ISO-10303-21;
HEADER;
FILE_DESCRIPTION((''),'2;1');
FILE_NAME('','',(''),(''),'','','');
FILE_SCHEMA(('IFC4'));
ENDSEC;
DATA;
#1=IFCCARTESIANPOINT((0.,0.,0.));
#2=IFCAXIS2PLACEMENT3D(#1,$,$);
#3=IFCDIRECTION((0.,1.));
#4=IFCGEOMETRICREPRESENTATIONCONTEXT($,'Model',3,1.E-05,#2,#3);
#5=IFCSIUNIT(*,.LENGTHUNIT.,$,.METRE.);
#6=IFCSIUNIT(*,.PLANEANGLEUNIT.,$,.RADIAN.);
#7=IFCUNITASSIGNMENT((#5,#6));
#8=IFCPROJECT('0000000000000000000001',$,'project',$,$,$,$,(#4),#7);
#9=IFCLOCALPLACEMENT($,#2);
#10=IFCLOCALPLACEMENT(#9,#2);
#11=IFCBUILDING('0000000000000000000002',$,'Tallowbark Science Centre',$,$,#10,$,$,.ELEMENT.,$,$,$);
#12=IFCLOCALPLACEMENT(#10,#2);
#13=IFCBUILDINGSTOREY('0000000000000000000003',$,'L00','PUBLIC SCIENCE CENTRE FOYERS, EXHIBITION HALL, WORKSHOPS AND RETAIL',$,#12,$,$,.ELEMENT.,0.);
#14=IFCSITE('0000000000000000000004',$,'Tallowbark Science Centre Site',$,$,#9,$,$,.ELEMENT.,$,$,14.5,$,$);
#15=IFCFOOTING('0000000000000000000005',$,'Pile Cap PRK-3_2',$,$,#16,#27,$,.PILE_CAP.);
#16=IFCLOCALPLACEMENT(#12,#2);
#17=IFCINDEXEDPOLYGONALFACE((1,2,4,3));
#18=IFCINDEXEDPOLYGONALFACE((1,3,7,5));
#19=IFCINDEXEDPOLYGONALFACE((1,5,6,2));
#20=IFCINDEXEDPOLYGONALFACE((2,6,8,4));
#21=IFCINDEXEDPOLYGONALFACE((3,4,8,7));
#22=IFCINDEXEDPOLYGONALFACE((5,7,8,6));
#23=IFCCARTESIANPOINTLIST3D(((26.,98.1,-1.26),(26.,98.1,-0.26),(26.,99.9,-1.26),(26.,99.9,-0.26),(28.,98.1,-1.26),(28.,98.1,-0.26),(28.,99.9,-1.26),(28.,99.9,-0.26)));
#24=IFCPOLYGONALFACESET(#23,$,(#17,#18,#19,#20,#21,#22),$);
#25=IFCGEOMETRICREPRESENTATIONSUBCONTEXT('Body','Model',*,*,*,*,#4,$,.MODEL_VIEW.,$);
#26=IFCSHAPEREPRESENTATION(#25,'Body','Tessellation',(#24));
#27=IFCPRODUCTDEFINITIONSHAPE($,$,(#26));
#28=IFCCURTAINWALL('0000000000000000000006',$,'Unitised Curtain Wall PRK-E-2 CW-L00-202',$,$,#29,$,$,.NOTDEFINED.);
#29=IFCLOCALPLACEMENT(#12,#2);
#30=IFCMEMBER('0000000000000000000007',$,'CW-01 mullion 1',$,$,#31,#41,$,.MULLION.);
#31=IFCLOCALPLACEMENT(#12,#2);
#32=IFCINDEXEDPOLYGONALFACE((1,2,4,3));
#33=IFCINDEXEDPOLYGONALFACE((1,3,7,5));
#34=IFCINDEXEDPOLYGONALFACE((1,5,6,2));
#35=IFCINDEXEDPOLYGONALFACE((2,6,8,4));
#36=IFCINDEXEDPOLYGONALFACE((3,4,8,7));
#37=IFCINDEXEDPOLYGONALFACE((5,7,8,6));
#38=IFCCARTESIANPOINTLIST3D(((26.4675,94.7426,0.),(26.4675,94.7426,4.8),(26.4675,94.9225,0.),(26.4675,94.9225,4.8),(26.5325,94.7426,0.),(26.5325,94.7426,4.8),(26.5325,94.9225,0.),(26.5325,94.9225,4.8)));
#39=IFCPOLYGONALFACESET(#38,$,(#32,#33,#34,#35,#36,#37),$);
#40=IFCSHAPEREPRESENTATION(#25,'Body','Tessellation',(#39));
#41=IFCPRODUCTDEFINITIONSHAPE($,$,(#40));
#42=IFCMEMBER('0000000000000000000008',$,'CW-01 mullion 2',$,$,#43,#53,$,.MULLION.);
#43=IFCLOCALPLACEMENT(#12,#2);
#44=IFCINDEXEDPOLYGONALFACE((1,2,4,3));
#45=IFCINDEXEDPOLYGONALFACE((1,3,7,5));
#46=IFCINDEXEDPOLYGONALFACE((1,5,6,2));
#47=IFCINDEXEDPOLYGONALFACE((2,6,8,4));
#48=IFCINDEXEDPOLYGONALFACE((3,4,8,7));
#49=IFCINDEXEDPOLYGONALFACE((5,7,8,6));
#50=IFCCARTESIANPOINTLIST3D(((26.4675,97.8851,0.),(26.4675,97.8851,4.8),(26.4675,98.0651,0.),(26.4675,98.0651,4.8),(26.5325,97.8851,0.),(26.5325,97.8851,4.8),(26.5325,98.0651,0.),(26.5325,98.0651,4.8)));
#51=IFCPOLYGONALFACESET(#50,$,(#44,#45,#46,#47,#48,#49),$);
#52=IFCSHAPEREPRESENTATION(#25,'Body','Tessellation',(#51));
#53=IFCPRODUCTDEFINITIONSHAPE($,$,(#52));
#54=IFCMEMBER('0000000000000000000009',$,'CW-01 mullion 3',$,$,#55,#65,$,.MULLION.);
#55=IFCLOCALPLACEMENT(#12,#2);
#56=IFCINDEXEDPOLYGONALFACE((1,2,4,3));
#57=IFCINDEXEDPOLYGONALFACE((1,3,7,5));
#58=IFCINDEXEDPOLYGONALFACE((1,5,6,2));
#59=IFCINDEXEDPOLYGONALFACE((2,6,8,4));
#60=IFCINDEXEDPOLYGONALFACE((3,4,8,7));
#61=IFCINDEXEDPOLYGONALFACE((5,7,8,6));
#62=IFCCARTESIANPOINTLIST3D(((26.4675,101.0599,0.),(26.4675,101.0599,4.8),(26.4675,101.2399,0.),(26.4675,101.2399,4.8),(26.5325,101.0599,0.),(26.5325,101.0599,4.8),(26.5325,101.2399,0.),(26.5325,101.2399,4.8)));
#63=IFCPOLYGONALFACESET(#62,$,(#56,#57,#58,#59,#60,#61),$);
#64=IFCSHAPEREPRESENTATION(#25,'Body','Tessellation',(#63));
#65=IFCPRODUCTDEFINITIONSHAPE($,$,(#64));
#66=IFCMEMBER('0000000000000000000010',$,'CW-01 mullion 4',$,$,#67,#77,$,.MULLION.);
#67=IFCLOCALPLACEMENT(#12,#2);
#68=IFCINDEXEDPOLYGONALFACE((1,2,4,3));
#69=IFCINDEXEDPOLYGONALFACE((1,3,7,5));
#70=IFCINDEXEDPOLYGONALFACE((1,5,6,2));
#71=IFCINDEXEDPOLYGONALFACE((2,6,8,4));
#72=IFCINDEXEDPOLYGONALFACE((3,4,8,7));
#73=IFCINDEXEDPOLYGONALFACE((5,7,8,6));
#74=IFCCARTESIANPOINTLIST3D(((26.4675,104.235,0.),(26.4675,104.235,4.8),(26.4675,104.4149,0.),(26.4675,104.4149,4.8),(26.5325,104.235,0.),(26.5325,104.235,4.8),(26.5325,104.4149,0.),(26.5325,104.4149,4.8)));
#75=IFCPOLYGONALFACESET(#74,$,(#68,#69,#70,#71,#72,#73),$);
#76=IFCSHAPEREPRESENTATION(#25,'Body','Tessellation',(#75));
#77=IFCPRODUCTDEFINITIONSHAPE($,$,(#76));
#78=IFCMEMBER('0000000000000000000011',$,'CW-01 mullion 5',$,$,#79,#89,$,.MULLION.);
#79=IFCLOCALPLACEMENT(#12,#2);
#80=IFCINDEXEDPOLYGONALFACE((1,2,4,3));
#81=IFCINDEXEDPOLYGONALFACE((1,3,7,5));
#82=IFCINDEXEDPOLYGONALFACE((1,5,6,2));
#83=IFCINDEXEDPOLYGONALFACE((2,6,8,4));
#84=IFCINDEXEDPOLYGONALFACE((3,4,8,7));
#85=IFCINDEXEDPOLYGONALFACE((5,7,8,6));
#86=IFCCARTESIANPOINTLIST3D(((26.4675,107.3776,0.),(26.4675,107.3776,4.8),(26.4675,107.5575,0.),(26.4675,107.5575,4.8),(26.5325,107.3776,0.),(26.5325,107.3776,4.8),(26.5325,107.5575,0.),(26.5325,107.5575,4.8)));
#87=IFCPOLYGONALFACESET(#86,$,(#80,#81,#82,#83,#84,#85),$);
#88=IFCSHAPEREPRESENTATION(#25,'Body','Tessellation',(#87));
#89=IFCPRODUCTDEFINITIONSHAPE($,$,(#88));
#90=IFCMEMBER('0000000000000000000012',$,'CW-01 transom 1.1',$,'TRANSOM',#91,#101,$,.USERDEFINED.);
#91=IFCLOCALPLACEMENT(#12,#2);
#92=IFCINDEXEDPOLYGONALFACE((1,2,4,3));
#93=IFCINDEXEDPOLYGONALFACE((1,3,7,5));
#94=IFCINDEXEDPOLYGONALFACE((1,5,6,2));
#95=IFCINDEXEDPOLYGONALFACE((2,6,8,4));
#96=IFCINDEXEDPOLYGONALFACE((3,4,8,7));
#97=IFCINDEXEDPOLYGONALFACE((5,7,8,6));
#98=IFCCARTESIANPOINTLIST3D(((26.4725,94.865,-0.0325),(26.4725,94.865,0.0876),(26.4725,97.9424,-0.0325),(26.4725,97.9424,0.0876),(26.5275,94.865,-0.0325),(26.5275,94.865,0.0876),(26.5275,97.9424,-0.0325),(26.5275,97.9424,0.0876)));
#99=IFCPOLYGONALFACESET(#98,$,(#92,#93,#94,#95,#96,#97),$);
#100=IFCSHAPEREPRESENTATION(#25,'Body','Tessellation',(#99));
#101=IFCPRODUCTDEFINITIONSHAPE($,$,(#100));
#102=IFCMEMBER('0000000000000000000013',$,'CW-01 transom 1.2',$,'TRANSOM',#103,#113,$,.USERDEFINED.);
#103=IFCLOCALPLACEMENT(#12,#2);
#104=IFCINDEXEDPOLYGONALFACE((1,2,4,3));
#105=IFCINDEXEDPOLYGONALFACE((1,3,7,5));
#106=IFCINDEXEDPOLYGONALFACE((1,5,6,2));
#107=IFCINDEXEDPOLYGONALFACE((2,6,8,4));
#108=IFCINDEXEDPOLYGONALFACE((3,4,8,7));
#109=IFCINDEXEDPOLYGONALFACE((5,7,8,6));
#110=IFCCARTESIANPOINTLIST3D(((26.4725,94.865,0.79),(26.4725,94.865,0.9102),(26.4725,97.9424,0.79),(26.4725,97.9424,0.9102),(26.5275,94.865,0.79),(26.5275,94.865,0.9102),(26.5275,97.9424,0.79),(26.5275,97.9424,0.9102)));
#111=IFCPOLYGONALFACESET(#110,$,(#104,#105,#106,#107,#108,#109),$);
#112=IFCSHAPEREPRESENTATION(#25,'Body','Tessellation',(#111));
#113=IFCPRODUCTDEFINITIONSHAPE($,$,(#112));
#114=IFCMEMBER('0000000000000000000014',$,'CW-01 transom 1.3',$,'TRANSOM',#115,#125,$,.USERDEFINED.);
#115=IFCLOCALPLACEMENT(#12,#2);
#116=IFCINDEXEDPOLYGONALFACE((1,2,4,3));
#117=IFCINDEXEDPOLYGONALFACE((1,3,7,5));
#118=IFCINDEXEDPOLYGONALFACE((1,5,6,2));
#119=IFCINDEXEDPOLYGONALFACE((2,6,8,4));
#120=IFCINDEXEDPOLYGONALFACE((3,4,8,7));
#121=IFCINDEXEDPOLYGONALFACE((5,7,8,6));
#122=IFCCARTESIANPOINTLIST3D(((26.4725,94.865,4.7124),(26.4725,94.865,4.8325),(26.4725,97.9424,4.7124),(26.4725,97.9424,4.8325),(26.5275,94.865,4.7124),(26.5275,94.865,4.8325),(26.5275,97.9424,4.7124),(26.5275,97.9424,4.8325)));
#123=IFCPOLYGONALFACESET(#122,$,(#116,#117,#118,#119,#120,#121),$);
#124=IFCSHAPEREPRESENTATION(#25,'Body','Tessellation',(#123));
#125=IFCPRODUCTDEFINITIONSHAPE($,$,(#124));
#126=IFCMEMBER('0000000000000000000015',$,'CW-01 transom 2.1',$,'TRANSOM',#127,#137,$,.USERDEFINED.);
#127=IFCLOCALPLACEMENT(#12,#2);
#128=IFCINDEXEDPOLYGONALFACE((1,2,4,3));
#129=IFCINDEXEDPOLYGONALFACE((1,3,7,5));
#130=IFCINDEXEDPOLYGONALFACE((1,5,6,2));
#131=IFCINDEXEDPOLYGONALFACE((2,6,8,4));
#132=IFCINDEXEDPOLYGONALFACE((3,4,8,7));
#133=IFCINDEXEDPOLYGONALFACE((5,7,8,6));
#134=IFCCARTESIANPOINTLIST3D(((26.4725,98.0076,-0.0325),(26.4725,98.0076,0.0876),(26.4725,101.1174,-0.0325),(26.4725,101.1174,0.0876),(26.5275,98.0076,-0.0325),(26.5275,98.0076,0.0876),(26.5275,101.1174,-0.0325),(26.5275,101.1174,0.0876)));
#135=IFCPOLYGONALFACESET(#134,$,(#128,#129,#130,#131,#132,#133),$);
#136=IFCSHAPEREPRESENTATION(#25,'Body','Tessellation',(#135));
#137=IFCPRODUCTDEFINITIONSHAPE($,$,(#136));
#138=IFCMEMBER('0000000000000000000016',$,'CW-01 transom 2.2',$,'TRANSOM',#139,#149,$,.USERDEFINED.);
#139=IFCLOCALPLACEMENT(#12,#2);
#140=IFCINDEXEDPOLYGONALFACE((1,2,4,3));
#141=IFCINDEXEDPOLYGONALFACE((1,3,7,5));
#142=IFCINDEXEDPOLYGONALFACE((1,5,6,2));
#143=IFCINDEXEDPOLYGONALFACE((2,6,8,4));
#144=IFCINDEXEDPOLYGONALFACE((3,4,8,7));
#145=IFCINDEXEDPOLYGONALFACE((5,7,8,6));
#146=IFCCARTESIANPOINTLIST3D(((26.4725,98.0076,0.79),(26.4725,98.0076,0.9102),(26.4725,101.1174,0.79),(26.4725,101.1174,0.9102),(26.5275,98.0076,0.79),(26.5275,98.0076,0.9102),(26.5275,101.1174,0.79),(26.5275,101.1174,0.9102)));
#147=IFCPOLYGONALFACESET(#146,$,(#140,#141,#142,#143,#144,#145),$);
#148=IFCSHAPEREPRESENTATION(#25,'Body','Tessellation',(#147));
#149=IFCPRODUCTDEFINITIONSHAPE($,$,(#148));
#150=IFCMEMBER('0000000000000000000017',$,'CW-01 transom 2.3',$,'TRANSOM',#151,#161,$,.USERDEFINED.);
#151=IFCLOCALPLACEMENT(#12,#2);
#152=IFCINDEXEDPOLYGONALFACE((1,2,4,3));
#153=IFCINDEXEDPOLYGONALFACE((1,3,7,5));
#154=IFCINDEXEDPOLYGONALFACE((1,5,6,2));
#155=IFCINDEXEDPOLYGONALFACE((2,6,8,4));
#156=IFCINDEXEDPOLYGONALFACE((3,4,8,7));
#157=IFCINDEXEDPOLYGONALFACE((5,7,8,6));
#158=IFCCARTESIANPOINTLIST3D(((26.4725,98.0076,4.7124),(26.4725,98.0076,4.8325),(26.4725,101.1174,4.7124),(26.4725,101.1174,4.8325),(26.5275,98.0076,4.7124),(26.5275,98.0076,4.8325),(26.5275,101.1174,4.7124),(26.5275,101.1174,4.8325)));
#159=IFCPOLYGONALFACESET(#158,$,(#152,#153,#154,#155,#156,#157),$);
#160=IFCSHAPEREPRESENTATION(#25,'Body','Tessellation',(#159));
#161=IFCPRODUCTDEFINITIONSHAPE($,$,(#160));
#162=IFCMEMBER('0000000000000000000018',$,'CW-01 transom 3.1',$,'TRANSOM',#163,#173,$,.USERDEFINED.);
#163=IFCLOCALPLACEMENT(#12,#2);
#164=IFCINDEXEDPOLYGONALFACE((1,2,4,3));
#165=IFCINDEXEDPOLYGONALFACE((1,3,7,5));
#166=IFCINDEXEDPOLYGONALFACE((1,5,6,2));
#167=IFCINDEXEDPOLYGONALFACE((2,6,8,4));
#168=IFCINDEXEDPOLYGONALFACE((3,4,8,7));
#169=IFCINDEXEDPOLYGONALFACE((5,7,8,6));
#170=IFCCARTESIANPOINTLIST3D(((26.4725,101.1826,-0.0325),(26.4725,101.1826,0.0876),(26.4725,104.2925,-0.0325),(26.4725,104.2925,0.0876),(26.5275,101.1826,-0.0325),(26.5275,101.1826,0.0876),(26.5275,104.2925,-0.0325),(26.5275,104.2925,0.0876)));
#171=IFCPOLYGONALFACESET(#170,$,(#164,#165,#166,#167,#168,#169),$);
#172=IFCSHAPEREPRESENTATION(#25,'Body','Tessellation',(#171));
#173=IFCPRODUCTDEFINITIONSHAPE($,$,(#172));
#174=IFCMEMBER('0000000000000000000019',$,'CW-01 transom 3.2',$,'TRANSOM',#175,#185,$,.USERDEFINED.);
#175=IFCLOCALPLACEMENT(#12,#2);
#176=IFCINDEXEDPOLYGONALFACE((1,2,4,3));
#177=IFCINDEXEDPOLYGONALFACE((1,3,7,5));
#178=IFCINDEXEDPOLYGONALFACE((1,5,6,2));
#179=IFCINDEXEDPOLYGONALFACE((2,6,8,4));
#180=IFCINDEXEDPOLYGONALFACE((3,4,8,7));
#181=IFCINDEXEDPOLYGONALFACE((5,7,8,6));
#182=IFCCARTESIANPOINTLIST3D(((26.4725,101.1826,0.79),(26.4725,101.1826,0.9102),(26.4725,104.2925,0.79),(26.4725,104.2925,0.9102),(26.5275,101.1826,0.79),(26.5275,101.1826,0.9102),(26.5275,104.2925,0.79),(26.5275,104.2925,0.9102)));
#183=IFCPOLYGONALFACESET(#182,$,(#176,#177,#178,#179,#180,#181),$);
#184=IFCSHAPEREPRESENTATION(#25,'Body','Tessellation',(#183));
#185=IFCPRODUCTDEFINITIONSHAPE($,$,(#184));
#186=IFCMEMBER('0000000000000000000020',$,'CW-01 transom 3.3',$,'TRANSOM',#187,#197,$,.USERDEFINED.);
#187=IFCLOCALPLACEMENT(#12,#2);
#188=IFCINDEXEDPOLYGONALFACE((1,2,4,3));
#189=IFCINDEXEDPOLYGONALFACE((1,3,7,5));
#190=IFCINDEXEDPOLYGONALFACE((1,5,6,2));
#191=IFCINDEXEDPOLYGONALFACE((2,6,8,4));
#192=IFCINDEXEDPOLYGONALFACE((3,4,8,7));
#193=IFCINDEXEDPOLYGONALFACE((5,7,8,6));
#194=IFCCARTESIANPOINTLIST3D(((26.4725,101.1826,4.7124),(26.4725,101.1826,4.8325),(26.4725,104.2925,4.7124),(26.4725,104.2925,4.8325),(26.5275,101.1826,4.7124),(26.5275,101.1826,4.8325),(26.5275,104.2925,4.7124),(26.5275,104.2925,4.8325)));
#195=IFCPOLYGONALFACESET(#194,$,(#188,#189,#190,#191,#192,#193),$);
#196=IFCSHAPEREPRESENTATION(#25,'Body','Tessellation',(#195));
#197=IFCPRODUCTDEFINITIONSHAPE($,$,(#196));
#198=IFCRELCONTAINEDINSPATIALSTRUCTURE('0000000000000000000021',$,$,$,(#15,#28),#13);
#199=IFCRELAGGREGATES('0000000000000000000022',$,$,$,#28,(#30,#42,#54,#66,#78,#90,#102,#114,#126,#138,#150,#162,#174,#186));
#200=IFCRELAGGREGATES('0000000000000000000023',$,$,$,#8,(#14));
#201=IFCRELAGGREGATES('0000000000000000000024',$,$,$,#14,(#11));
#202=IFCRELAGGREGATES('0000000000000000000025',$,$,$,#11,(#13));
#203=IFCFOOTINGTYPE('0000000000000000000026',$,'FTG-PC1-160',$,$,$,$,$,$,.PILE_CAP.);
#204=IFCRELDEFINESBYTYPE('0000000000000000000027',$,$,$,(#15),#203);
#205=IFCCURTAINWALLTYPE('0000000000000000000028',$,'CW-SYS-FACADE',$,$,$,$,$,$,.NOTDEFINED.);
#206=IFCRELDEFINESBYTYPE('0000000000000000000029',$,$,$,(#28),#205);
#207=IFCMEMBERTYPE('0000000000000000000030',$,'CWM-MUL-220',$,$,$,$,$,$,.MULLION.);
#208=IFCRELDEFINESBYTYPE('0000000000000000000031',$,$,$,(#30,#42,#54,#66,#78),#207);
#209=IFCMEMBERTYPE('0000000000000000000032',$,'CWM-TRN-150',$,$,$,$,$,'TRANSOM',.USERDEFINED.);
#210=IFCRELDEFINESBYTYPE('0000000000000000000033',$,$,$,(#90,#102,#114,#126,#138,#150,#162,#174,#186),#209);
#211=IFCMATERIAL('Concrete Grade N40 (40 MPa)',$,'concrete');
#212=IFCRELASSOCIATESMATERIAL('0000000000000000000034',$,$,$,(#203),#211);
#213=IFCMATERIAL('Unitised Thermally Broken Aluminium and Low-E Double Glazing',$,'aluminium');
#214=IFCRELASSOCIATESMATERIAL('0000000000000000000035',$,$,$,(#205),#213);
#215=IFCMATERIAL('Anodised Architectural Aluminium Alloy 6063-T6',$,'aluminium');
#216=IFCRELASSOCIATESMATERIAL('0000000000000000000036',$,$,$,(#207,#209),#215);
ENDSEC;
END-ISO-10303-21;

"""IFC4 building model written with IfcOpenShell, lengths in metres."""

from ifc_helpers import new_model, si_unit, direction, frame, origin, origin_2d, place, context, subcontext, project, spatial, rectangle, extrude, material, material_profile, profile_set, type_object, element, aggregate, save


model = new_model("IFC4")

# Units and contexts
model_context = context("Model", 3, precision=1e-05, world=origin(), true_north=direction((0.0, 1.0)))
body_context = subcontext(model_context, "Body", "Model", "MODEL_VIEW")
ifc_project = project(units=[si_unit("LENGTHUNIT", "METRE"), si_unit("PLANEANGLEUNIT", "RADIAN")], contexts=[model_context])

# Site, building, storey
site_placement = place(None, origin())
site = spatial("IfcSite", under=ifc_project, at=site_placement, Name="Tallowbark Science Centre Site", CompositionType="ELEMENT", RefElevation=14.5)
building_placement = place(site_placement, origin())
building = spatial("IfcBuilding", under=site, at=building_placement, Name="Tallowbark Science Centre", CompositionType="ELEMENT")
storey_placement = place(building_placement, origin())
storey = spatial("IfcBuildingStorey", under=building, at=storey_placement, Name="L00", Description="PUBLIC SCIENCE CENTRE FOYERS, EXHIBITION HALL, WORKSHOPS AND RETAIL", CompositionType="ELEMENT", Elevation=0.0)

# Footing
ifc_material_1 = material(Name="Concrete Grade N40 (40 MPa)", Category="concrete")
footing_type = type_object("IfcFootingType", Name="FTG-PC1-160", PredefinedType="PILE_CAP", material=ifc_material_1)
footing_placement = place(storey_placement, frame((27.0, 99.0, -1.26), z_axis=(0.0, 0.0, 1.0), x_axis=(1.0, 0.0, 0.0)))
element("IfcFooting", 1, at=footing_placement, inside=storey, type_object=footing_type, Name="Pile Cap PRK-3_2", PredefinedType="PILE_CAP", context=body_context, shape_type="SweptSolid", body=[
    extrude(rectangle(XDim=2.0, YDim=1.8, at=origin_2d()), origin(), (0.0, 0.0, 1.0), 1.0),
])

# Curtain wall, members
ifc_material_2 = material(Name="Unitised Thermally Broken Aluminium and Low-E Double Glazing", Category="aluminium")
curtain_wall_type = type_object("IfcCurtainWallType", Name="CW-SYS-FACADE", PredefinedType="NOTDEFINED", material=ifc_material_2)
curtain_wall_placement = place(storey_placement, origin())
curtain_wall = element("IfcCurtainWall", 2, at=curtain_wall_placement, inside=storey, type_object=curtain_wall_type, Name="Unitised Curtain Wall PRK-E-2 CW-L00-202", PredefinedType="NOTDEFINED")
ifc_material_3 = material(Name="Anodised Architectural Aluminium Alloy 6063-T6", Category="aluminium")
ifc_material_profile_1 = material_profile(ifc_material_3, rectangle(XDim=0.0649, YDim=0.1799, at=origin_2d()), Name="ALU65x180")
ifc_profile_set_1 = profile_set([ifc_material_profile_1], Name="Anodised Architectural Aluminium Alloy 6063-T6")
member_type_1 = type_object("IfcMemberType", Name="CWM-MUL-220", PredefinedType="MULLION", material=ifc_profile_set_1)
member_1_placement = place(storey_placement, frame((26.5, 94.8325, 0.0), z_axis=(0.0, 0.0, 1.0), x_axis=(-1.0, 0.0, 0.0)))
member_1 = element("IfcMember", 3, at=member_1_placement, type_object=member_type_1, Name="CW-01 mullion 1", PredefinedType="MULLION", context=body_context, shape_type="SweptSolid", body=[
    extrude(rectangle(XDim=0.0649, YDim=0.1799, at=origin_2d()), origin(), (0.0, 0.0, 1.0), 4.8),
])
member_2_placement = place(storey_placement, frame((26.5, 97.9751, 0.0), z_axis=(0.0, 0.0, 1.0), x_axis=(-1.0, 0.0, 0.0)))
member_2 = element("IfcMember", 4, at=member_2_placement, type_object=member_type_1, Name="CW-01 mullion 2", PredefinedType="MULLION", context=body_context, shape_type="SweptSolid", body=[
    extrude(rectangle(XDim=0.0649, YDim=0.1799, at=origin_2d()), origin(), (0.0, 0.0, 1.0), 4.8),
])
member_3_placement = place(storey_placement, frame((26.5, 101.1499, 0.0), z_axis=(0.0, 0.0, 1.0), x_axis=(-1.0, 0.0, 0.0)))
member_3 = element("IfcMember", 5, at=member_3_placement, type_object=member_type_1, Name="CW-01 mullion 3", PredefinedType="MULLION", context=body_context, shape_type="SweptSolid", body=[
    extrude(rectangle(XDim=0.0649, YDim=0.1799, at=origin_2d()), origin(), (0.0, 0.0, 1.0), 4.8),
])
member_4_placement = place(storey_placement, frame((26.5, 104.325, 0.0), z_axis=(0.0, 0.0, 1.0), x_axis=(-1.0, 0.0, 0.0)))
member_4 = element("IfcMember", 6, at=member_4_placement, type_object=member_type_1, Name="CW-01 mullion 4", PredefinedType="MULLION", context=body_context, shape_type="SweptSolid", body=[
    extrude(rectangle(XDim=0.0649, YDim=0.1799, at=origin_2d()), origin(), (0.0, 0.0, 1.0), 4.8),
])
member_5_placement = place(storey_placement, frame((26.5, 107.4675, 0.0), z_axis=(0.0, 0.0, 1.0), x_axis=(-1.0, 0.0, 0.0)))
member_5 = element("IfcMember", 7, at=member_5_placement, type_object=member_type_1, Name="CW-01 mullion 5", PredefinedType="MULLION", context=body_context, shape_type="SweptSolid", body=[
    extrude(rectangle(XDim=0.0649, YDim=0.1799, at=origin_2d()), origin(), (0.0, 0.0, 1.0), 4.8),
])
ifc_material_profile_2 = material_profile(ifc_material_3, rectangle(XDim=0.0549, YDim=0.1201, at=origin_2d()), Name="ALU55x120")
ifc_profile_set_2 = profile_set([ifc_material_profile_2], Name="Anodised Architectural Aluminium Alloy 6063-T6")
member_type_2 = type_object("IfcMemberType", Name="CWM-TRN-150", ElementType="TRANSOM", PredefinedType="USERDEFINED", material=ifc_profile_set_2)
member_6_placement = place(storey_placement, frame((26.5, 94.865, 0.0276), z_axis=(0.0, 1.0, 0.0), x_axis=(-1.0, 0.0, 0.0)))
member_6 = element("IfcMember", 8, at=member_6_placement, type_object=member_type_2, Name="CW-01 transom 1.1", ObjectType="TRANSOM", PredefinedType="USERDEFINED", context=body_context, shape_type="SweptSolid", body=[
    extrude(rectangle(XDim=0.0549, YDim=0.1201, at=origin_2d()), origin(), (0.0, 0.0, 1.0), 3.0774),
])
member_7_placement = place(storey_placement, frame((26.5, 94.865, 0.8501), z_axis=(0.0, 1.0, 0.0), x_axis=(-1.0, 0.0, 0.0)))
member_7 = element("IfcMember", 9, at=member_7_placement, type_object=member_type_2, Name="CW-01 transom 1.2", ObjectType="TRANSOM", PredefinedType="USERDEFINED", context=body_context, shape_type="SweptSolid", body=[
    extrude(rectangle(XDim=0.0549, YDim=0.1201, at=origin_2d()), origin(), (0.0, 0.0, 1.0), 3.0774),
])
member_8_placement = place(storey_placement, frame((26.5, 94.865, 4.7725), z_axis=(0.0, 1.0, 0.0), x_axis=(-1.0, 0.0, 0.0)))
member_8 = element("IfcMember", 10, at=member_8_placement, type_object=member_type_2, Name="CW-01 transom 1.3", ObjectType="TRANSOM", PredefinedType="USERDEFINED", context=body_context, shape_type="SweptSolid", body=[
    extrude(rectangle(XDim=0.0549, YDim=0.1201, at=origin_2d()), origin(), (0.0, 0.0, 1.0), 3.0774),
])
member_9_placement = place(storey_placement, frame((26.5, 98.0076, 0.0276), z_axis=(0.0, 1.0, 0.0), x_axis=(-1.0, 0.0, 0.0)))
member_9 = element("IfcMember", 11, at=member_9_placement, type_object=member_type_2, Name="CW-01 transom 2.1", ObjectType="TRANSOM", PredefinedType="USERDEFINED", context=body_context, shape_type="SweptSolid", body=[
    extrude(rectangle(XDim=0.0549, YDim=0.1201, at=origin_2d()), origin(), (0.0, 0.0, 1.0), 3.1099),
])
member_10_placement = place(storey_placement, frame((26.5, 98.0076, 0.8501), z_axis=(0.0, 1.0, 0.0), x_axis=(-1.0, 0.0, 0.0)))
member_10 = element("IfcMember", 12, at=member_10_placement, type_object=member_type_2, Name="CW-01 transom 2.2", ObjectType="TRANSOM", PredefinedType="USERDEFINED", context=body_context, shape_type="SweptSolid", body=[
    extrude(rectangle(XDim=0.0549, YDim=0.1201, at=origin_2d()), origin(), (0.0, 0.0, 1.0), 3.1099),
])
member_11_placement = place(storey_placement, frame((26.5, 98.0076, 4.7725), z_axis=(0.0, 1.0, 0.0), x_axis=(-1.0, 0.0, 0.0)))
member_11 = element("IfcMember", 13, at=member_11_placement, type_object=member_type_2, Name="CW-01 transom 2.3", ObjectType="TRANSOM", PredefinedType="USERDEFINED", context=body_context, shape_type="SweptSolid", body=[
    extrude(rectangle(XDim=0.0549, YDim=0.1201, at=origin_2d()), origin(), (0.0, 0.0, 1.0), 3.1099),
])
member_12_placement = place(storey_placement, frame((26.5, 101.1826, 0.0276), z_axis=(0.0, 1.0, 0.0), x_axis=(-1.0, 0.0, 0.0)))
member_12 = element("IfcMember", 14, at=member_12_placement, type_object=member_type_2, Name="CW-01 transom 3.1", ObjectType="TRANSOM", PredefinedType="USERDEFINED", context=body_context, shape_type="SweptSolid", body=[
    extrude(rectangle(XDim=0.0549, YDim=0.1201, at=origin_2d()), origin(), (0.0, 0.0, 1.0), 3.1099),
])
member_13_placement = place(storey_placement, frame((26.5, 101.1826, 0.8501), z_axis=(0.0, 1.0, 0.0), x_axis=(-1.0, 0.0, 0.0)))
member_13 = element("IfcMember", 15, at=member_13_placement, type_object=member_type_2, Name="CW-01 transom 3.2", ObjectType="TRANSOM", PredefinedType="USERDEFINED", context=body_context, shape_type="SweptSolid", body=[
    extrude(rectangle(XDim=0.0549, YDim=0.1201, at=origin_2d()), origin(), (0.0, 0.0, 1.0), 3.1099),
])
member_14_placement = place(storey_placement, frame((26.5, 101.1826, 4.7725), z_axis=(0.0, 1.0, 0.0), x_axis=(-1.0, 0.0, 0.0)))
member_14 = element("IfcMember", 16, at=member_14_placement, type_object=member_type_2, Name="CW-01 transom 3.3", ObjectType="TRANSOM", PredefinedType="USERDEFINED", context=body_context, shape_type="SweptSolid", body=[
    extrude(rectangle(XDim=0.0549, YDim=0.1201, at=origin_2d()), origin(), (0.0, 0.0, 1.0), 3.1099),
])
aggregate(curtain_wall, [member_1, member_2, member_3, member_4, member_5, member_6, member_7, member_8, member_9, member_10, member_11, member_12, member_13, member_14])

save(model, "model.ifc")
